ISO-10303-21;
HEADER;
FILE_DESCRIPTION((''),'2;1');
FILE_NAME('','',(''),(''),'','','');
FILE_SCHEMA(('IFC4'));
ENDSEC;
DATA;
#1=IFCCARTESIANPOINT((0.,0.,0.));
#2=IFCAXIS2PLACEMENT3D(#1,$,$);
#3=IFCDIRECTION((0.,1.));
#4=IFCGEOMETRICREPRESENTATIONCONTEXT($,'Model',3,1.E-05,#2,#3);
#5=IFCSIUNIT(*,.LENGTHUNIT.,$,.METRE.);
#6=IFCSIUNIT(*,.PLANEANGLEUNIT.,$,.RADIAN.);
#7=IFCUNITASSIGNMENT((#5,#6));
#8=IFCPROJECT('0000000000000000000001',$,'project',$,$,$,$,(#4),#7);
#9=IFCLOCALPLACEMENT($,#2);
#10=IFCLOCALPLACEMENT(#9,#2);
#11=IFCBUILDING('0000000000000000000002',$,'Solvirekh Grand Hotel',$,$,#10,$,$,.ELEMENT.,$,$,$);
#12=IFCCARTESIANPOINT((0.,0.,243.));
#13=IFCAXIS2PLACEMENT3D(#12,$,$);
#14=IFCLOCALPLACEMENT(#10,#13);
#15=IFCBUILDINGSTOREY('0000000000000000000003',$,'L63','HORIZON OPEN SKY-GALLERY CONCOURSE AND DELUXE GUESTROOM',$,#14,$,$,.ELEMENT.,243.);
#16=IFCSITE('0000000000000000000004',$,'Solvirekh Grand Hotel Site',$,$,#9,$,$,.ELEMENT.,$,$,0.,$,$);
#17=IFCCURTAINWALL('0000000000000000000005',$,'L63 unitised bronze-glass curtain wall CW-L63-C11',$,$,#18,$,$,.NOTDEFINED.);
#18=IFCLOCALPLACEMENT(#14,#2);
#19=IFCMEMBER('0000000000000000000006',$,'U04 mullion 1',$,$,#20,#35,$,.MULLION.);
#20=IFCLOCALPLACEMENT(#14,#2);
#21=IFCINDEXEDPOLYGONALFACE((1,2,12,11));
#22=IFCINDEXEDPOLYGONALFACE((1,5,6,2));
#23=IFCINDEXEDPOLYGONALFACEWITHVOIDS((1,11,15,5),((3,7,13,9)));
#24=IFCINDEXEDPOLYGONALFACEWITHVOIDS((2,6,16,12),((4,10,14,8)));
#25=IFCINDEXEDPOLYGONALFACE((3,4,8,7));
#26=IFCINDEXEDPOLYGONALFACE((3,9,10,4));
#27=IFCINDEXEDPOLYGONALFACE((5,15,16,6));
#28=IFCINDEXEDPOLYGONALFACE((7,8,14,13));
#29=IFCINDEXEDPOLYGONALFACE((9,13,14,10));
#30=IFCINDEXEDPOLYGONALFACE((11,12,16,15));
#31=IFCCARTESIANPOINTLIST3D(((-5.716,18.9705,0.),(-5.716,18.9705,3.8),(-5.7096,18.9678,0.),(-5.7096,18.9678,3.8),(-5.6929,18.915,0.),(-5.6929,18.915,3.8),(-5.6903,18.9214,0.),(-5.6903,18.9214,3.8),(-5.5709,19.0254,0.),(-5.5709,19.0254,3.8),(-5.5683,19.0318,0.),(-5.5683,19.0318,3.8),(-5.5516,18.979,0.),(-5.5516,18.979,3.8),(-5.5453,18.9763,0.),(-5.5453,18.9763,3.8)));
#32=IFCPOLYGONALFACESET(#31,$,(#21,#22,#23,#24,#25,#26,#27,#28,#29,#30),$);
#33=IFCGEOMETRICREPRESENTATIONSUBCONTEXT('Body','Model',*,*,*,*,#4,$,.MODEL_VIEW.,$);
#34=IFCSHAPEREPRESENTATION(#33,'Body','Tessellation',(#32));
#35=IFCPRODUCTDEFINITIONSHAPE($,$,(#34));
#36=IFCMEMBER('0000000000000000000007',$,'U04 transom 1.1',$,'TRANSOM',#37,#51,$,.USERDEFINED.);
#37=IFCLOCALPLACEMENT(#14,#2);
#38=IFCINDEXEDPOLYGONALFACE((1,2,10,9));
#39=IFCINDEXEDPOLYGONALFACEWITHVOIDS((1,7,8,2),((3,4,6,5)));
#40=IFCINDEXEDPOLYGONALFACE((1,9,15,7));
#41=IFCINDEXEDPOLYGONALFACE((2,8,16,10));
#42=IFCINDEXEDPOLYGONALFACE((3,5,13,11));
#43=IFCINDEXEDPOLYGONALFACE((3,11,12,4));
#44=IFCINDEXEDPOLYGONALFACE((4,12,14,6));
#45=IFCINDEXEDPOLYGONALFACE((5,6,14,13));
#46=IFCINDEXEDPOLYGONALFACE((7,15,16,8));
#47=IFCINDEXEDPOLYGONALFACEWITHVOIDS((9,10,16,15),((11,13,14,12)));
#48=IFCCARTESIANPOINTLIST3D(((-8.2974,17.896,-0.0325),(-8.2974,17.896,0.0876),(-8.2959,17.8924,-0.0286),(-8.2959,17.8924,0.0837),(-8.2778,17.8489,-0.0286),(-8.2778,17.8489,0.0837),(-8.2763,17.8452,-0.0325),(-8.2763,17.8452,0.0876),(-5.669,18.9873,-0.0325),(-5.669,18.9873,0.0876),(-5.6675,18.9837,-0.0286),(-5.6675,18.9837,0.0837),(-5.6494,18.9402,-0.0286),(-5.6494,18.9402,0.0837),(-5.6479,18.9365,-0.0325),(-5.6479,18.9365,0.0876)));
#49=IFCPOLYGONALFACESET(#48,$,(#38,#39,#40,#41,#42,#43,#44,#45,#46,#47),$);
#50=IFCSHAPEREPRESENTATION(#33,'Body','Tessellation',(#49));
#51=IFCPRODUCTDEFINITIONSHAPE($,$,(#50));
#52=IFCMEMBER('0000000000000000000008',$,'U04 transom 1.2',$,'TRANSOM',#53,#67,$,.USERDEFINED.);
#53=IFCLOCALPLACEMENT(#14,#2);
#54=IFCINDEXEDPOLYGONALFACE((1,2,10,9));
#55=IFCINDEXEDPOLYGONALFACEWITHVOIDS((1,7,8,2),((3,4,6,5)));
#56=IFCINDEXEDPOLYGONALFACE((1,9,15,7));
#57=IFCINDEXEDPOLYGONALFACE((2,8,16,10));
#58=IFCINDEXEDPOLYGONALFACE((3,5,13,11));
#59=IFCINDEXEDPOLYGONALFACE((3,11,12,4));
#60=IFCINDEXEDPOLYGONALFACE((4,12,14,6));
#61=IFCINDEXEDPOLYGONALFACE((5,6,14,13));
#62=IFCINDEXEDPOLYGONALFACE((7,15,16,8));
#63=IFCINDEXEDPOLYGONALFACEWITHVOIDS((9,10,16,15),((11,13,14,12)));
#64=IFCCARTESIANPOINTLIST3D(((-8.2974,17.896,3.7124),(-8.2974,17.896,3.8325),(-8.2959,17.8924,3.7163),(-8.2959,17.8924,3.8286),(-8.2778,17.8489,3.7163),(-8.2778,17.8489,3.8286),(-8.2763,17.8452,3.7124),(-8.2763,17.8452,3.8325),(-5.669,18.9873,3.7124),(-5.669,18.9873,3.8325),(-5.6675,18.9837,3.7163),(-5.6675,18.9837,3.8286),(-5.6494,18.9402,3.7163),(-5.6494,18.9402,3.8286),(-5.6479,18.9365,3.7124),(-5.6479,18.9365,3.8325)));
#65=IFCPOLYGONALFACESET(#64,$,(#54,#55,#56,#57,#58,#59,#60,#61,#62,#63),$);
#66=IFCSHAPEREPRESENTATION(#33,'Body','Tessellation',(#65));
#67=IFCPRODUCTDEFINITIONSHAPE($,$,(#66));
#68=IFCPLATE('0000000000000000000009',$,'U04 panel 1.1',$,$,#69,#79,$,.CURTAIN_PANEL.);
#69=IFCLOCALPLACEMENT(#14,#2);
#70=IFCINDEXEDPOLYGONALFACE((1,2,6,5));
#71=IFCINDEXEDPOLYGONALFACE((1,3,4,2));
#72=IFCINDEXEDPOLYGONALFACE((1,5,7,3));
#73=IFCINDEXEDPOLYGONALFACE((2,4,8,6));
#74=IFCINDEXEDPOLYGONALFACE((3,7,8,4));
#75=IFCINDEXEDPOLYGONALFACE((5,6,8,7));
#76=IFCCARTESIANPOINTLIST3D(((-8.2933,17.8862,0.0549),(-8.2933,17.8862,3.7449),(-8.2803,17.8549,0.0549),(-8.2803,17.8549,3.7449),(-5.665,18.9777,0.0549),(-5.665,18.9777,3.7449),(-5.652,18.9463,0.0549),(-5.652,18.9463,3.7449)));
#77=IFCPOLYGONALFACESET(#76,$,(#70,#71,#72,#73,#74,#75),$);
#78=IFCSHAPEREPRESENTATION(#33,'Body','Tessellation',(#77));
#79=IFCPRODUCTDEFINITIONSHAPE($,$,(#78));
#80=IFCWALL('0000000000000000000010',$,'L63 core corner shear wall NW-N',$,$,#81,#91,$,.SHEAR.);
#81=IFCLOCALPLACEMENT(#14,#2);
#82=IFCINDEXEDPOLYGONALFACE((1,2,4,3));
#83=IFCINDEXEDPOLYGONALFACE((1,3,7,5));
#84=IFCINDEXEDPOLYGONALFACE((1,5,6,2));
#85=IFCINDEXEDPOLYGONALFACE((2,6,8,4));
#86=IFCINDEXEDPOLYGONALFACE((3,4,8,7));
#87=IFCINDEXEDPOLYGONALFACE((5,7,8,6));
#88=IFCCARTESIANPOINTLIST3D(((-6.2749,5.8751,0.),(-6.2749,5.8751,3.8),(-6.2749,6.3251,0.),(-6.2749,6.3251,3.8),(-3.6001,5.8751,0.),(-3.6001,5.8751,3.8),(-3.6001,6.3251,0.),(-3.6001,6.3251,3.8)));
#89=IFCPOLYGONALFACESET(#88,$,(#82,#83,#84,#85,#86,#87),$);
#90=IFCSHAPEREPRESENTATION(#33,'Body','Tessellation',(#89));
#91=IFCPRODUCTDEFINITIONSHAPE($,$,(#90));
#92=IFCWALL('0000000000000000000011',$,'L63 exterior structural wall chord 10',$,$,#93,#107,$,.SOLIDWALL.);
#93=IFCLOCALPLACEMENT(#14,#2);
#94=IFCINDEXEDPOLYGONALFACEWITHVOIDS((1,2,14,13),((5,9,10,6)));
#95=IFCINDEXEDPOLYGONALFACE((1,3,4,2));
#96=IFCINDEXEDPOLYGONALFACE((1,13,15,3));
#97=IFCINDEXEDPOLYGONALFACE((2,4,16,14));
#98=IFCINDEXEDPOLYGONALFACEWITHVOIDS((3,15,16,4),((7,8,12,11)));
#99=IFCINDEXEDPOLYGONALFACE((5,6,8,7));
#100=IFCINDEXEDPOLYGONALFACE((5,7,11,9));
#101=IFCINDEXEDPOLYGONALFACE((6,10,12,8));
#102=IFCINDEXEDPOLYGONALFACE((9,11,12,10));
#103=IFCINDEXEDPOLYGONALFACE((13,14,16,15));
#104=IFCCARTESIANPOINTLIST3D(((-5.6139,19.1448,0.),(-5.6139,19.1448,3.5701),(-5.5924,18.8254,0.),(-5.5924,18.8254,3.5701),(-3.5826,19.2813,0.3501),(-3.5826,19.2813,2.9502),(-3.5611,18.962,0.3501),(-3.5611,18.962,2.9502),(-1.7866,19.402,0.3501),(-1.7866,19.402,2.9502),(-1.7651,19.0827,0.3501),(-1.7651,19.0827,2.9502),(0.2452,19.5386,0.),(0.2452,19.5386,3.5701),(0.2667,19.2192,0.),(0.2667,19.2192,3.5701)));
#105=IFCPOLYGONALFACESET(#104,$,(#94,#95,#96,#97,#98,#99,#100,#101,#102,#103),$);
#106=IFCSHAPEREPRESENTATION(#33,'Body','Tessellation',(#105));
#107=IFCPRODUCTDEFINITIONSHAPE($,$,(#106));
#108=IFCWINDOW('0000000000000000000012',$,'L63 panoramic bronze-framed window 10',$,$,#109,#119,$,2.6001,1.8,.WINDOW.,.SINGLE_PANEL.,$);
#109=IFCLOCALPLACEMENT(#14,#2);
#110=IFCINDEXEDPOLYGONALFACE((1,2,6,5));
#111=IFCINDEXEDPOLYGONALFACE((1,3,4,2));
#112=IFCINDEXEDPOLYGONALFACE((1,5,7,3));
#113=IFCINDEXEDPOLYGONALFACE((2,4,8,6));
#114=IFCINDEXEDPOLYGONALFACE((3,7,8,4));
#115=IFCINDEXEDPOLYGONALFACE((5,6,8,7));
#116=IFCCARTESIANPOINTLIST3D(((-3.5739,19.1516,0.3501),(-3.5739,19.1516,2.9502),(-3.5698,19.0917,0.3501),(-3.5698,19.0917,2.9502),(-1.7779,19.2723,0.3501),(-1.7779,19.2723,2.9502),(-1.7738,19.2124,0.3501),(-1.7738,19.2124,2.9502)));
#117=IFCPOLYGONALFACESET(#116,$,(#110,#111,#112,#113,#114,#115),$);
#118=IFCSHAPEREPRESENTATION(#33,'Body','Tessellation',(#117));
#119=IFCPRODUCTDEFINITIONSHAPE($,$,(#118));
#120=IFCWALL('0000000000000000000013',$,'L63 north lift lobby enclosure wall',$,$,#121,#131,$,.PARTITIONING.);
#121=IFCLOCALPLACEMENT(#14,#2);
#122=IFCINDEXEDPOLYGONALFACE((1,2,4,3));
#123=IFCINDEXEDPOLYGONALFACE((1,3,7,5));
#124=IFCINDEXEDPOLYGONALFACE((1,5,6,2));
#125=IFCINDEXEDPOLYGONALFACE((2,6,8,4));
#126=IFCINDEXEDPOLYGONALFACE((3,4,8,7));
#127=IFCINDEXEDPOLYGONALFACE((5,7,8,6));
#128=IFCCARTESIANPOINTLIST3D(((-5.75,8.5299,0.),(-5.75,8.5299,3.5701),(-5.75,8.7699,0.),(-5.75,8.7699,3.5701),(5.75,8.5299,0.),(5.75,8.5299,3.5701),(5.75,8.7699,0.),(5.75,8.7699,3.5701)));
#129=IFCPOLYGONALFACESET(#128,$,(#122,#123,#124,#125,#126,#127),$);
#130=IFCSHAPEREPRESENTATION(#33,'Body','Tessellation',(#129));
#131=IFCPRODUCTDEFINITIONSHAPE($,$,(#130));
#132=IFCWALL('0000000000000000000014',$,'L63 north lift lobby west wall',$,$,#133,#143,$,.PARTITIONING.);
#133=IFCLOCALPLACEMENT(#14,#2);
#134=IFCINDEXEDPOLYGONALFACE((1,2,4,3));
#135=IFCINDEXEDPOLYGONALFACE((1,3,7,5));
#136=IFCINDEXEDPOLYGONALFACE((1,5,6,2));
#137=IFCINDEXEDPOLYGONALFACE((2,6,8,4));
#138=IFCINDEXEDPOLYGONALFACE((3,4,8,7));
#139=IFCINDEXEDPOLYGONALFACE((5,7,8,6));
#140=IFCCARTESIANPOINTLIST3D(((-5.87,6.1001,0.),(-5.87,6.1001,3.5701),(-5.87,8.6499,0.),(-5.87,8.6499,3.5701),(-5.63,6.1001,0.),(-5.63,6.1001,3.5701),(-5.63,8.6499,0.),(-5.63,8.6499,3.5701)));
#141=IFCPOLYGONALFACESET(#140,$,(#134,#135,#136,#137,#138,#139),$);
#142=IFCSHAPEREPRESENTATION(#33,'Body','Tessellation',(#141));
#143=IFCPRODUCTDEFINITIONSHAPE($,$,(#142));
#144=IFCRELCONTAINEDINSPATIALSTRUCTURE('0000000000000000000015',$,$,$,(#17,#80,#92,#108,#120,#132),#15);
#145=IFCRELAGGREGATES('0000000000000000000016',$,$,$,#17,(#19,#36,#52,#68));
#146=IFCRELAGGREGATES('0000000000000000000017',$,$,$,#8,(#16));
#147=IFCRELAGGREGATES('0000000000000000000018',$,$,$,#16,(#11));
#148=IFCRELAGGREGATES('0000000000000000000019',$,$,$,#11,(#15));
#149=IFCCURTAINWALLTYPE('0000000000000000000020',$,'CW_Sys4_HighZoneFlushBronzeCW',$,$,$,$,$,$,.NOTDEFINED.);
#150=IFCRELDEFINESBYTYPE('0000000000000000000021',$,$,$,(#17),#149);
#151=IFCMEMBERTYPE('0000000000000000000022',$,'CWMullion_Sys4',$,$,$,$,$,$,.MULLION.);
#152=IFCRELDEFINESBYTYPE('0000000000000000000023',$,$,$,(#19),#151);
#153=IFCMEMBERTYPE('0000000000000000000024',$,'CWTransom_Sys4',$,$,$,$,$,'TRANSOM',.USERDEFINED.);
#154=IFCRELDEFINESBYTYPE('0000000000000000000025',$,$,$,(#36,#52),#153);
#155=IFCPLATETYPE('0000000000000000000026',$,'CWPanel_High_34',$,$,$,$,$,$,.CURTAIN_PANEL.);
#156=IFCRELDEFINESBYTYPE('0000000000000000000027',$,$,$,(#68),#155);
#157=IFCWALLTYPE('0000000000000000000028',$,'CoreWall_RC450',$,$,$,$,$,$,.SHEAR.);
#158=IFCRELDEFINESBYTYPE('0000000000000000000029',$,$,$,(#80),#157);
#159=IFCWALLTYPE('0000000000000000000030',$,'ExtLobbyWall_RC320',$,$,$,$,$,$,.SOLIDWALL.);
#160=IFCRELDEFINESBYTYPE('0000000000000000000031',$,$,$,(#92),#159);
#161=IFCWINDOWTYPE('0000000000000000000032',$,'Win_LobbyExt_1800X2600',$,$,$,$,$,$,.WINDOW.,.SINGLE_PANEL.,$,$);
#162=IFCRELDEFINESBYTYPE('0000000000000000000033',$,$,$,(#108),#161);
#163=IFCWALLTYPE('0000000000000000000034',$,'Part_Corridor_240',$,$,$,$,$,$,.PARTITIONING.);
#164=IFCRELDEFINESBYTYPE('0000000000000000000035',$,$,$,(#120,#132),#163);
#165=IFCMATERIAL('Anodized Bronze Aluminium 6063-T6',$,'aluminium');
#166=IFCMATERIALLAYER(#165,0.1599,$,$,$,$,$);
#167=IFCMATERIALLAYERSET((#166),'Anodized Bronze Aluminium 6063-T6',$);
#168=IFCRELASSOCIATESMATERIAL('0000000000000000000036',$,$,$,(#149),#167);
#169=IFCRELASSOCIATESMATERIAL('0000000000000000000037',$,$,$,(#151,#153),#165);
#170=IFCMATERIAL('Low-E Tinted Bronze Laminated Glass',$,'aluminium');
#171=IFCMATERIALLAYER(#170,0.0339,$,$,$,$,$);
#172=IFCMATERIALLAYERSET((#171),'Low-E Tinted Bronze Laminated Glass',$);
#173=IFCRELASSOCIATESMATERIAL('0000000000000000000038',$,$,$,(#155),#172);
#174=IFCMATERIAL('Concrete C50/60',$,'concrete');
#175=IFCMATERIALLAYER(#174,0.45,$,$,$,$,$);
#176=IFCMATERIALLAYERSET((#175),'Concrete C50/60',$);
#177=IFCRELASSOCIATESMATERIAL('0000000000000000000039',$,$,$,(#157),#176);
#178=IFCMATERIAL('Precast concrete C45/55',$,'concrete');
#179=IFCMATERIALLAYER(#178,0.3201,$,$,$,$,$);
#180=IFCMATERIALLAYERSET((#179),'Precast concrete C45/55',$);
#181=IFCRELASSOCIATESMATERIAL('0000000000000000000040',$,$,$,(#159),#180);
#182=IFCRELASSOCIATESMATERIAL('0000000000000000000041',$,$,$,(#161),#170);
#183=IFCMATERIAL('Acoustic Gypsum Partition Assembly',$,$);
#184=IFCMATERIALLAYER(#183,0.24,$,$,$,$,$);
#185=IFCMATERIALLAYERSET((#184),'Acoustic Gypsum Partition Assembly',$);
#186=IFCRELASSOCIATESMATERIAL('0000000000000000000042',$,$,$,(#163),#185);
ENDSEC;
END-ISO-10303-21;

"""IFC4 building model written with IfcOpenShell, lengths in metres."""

from ifc_helpers import new_model, si_unit, direction, frame, frame_2d, origin, origin_2d, place, context, subcontext, project, spatial, rectangle, hollow_rectangle, extrude, source, transform, mapped, material, layer, layer_set, material_profile, profile_set, type_object, element, fill, aggregate, save


model = new_model("IFC4")

# Units and contexts
model_context = context("Model", 3, precision=1e-05, world=origin(), true_north=direction((0.0, 1.0)))
body_context = subcontext(model_context, "Body", "Model", "MODEL_VIEW")
ifc_project = project(units=[si_unit("LENGTHUNIT", "METRE"), si_unit("PLANEANGLEUNIT", "RADIAN")], contexts=[model_context])

# Site, building, storey
site_placement = place(None, origin())
site = spatial("IfcSite", under=ifc_project, at=site_placement, Name="Solvirekh Grand Hotel Site", CompositionType="ELEMENT", RefElevation=0.0)
building_placement = place(site_placement, origin())
building = spatial("IfcBuilding", under=site, at=building_placement, Name="Solvirekh Grand Hotel", CompositionType="ELEMENT")
storey_placement = place(building_placement, frame((0.0, 0.0, 243.0)))
storey = spatial("IfcBuildingStorey", under=building, at=storey_placement, Name="L63", Description="HORIZON OPEN SKY-GALLERY CONCOURSE AND DELUXE GUESTROOM", CompositionType="ELEMENT", Elevation=243.0)

# Shared definitions
ifc_material_1 = material(Name="Concrete C50/60", Category="concrete")

# Curtain wall, members, plate
ifc_material_2 = material(Name="Anodized Bronze Aluminium 6063-T6", Category="aluminium")
ifc_layer_1 = layer(ifc_material_2, 0.1599)
ifc_layer_set_1 = layer_set([ifc_layer_1], Name="Anodized Bronze Aluminium 6063-T6")
curtain_wall_type = type_object("IfcCurtainWallType", Name="CW_Sys4_HighZoneFlushBronzeCW", PredefinedType="NOTDEFINED", material=ifc_layer_set_1)
curtain_wall_placement = place(storey_placement, origin())
curtain_wall = element("IfcCurtainWall", 1, at=curtain_wall_placement, inside=storey, type_object=curtain_wall_type, Name="L63 unitised bronze-glass curtain wall CW-L63-C11", PredefinedType="NOTDEFINED")
ifc_material_profile_1 = material_profile(ifc_material_2, hollow_rectangle(XDim=0.0601, YDim=0.1599, WallThickness=0.0049, at=origin_2d()), Name="ALU RHS 160X60X5")
ifc_profile_set_1 = profile_set([ifc_material_profile_1], Name="Anodized Bronze Aluminium 6063-T6")
member_type_1 = type_object("IfcMemberType", Name="CWMullion_Sys4", PredefinedType="MULLION", material=ifc_profile_set_1)
shared_shape_1 = source(origin(), body_context, "Body", "SweptSolid", [
    extrude(hollow_rectangle(XDim=0.0601, YDim=0.1599, WallThickness=0.0049, at=origin_2d()), origin(), (0.0, 0.0, 1.0), 3.8),
])
member_1_placement = place(storey_placement, frame((-5.6306, 18.9734, 0.0), z_axis=(0.0, 0.0, 1.0), x_axis=(0.383515, -0.923535, 0.0)))
member_1 = element("IfcMember", 2, at=member_1_placement, type_object=member_type_1, Name="U04 mullion 1", PredefinedType="MULLION", context=body_context, shape_type="MappedRepresentation", body=[
    mapped(shared_shape_1, transform((0.0, 0.0, 0.0), x_axis=(1.0, 0.0, 0.0), y_axis=(0.0, 1.0, 0.0), z_axis=(0.0, 0.0, 1.0), scale=1.0)),
])
ifc_material_profile_2 = material_profile(ifc_material_2, hollow_rectangle(XDim=0.0549, YDim=0.1201, WallThickness=0.0039, at=origin_2d()), Name="ALU RHS 120X55X4")
ifc_profile_set_2 = profile_set([ifc_material_profile_2], Name="Anodized Bronze Aluminium 6063-T6")
member_type_2 = type_object("IfcMemberType", Name="CWTransom_Sys4", ElementType="TRANSOM", PredefinedType="USERDEFINED", material=ifc_profile_set_2)
shared_shape_2 = source(origin(), body_context, "Body", "SweptSolid", [
    extrude(hollow_rectangle(XDim=0.0549, YDim=0.1201, WallThickness=0.0039, at=origin_2d()), origin(), (0.0, 0.0, 1.0), 2.8459),
])
member_2_placement = place(storey_placement, frame((-5.6584, 18.9619, 0.0276), z_axis=(-0.923558, -0.383458, 0.0), x_axis=(0.383458, -0.923558, 0.0)))
member_2 = element("IfcMember", 3, at=member_2_placement, type_object=member_type_2, Name="U04 transom 1.1", ObjectType="TRANSOM", PredefinedType="USERDEFINED", context=body_context, shape_type="MappedRepresentation", body=[
    mapped(shared_shape_2, transform((0.0, 0.0, 0.0), x_axis=(1.0, 0.0, 0.0), y_axis=(0.0, 1.0, 0.0), z_axis=(0.0, 0.0, 1.0), scale=1.0)),
])
member_3_placement = place(storey_placement, frame((-5.6584, 18.9619, 3.7725), z_axis=(-0.923558, -0.383458, 0.0), x_axis=(0.383458, -0.923558, 0.0)))
member_3 = element("IfcMember", 4, at=member_3_placement, type_object=member_type_2, Name="U04 transom 1.2", ObjectType="TRANSOM", PredefinedType="USERDEFINED", context=body_context, shape_type="MappedRepresentation", body=[
    mapped(shared_shape_2, transform((0.0, 0.0, 0.0), x_axis=(1.0, 0.0, 0.0), y_axis=(0.0, 1.0, 0.0), z_axis=(0.0, 0.0, 1.0), scale=1.0)),
])
ifc_material_3 = material(Name="Low-E Tinted Bronze Laminated Glass", Category="aluminium")
ifc_layer_2 = layer(ifc_material_3, 0.0339)
ifc_layer_set_2 = layer_set([ifc_layer_2], Name="Low-E Tinted Bronze Laminated Glass")
plate_type = type_object("IfcPlateType", Name="CWPanel_High_34", PredefinedType="CURTAIN_PANEL", material=ifc_layer_set_2)
shared_shape_3 = source(origin(), body_context, "Body", "SweptSolid", [
    extrude(rectangle(XDim=2.8459, YDim=0.0339, at=origin_2d()), origin(), (0.0, 0.0, 1.0), 3.6899),
])
plate_placement = place(storey_placement, frame((-6.9727, 18.4163, 0.0549), z_axis=(0.0, 0.0, 1.0), x_axis=(-0.923535, -0.383515, 0.0)))
plate = element("IfcPlate", 5, at=plate_placement, type_object=plate_type, Name="U04 panel 1.1", PredefinedType="CURTAIN_PANEL", context=body_context, shape_type="MappedRepresentation", body=[
    mapped(shared_shape_3, transform((0.0, 0.0, 0.0), x_axis=(1.0, 0.0, 0.0), y_axis=(0.0, 1.0, 0.0), z_axis=(0.0, 0.0, 1.0), scale=1.0)),
])
aggregate(curtain_wall, [member_1, member_2, member_3, plate])

# Wall
ifc_layer_3 = layer(ifc_material_1, 0.45)
ifc_layer_set_3 = layer_set([ifc_layer_3], Name="Concrete C50/60")
wall_type_1 = type_object("IfcWallType", Name="CoreWall_RC450", PredefinedType="SHEAR", material=ifc_layer_set_3)
wall_1_placement = place(storey_placement, frame((-6.2749, 6.1001, 0.0), z_axis=(0.0, 0.0, 1.0), x_axis=(1.0, 0.0, 0.0)))
element("IfcWall", 6, at=wall_1_placement, inside=storey, type_object=wall_type_1, Name="L63 core corner shear wall NW-N", PredefinedType="SHEAR", context=body_context, shape_type="SweptSolid", body=[
    extrude(rectangle(XDim=2.6748, YDim=0.45, at=frame_2d((1.3374, 0.0))), origin(), (0.0, 0.0, 1.0), 3.8),
])

# Wall, opening, window
ifc_material_4 = material(Name="Precast concrete C45/55", Category="concrete")
ifc_layer_4 = layer(ifc_material_4, 0.3201)
ifc_layer_set_4 = layer_set([ifc_layer_4], Name="Precast concrete C45/55")
wall_type_2 = type_object("IfcWallType", Name="ExtLobbyWall_RC320", PredefinedType="SOLIDWALL", material=ifc_layer_set_4)
wall_2_placement = place(storey_placement, frame((-5.603, 18.9851, 0.0), z_axis=(0.0, 0.0, 1.0), x_axis=(0.997749, 0.06706, 0.0)))
wall_2 = element("IfcWall", 7, at=wall_2_placement, inside=storey, type_object=wall_type_2, Name="L63 exterior structural wall chord 10", PredefinedType="SOLIDWALL", context=body_context, shape_type="SweptSolid", body=[
    extrude(rectangle(XDim=5.8723, YDim=0.3201, at=frame_2d((2.936, 0.0))), origin(), (0.0, 0.0, 1.0), 3.5701),
])
opening_1_placement = place(wall_2_placement, frame((2.0359, 0.0, 0.3501)))
opening_1 = element("IfcOpeningElement", 8, at=opening_1_placement, cuts=wall_2, PredefinedType="OPENING", context=body_context, shape_type="SweptSolid", body=[
    extrude(rectangle(XDim=1.8, YDim=2.6001, at=frame_2d((0.8999, 1.3))), frame((0.0, 0.1699, 0.0), z_axis=(0.0, -1.0, 0.0), x_axis=(1.0, 0.0, 0.0)), (0.0, 0.0, 1.0), 0.3401),
])
window_type = type_object("IfcWindowType", Name="Win_LobbyExt_1800X2600", PartitioningType="SINGLE_PANEL", PredefinedType="WINDOW", material=ifc_material_3)
window_placement = place(opening_1_placement, origin())
window = element("IfcWindow", 9, at=window_placement, inside=storey, type_object=window_type, Name="L63 panoramic bronze-framed window 10", OverallHeight=2.6001, OverallWidth=1.8, PartitioningType="SINGLE_PANEL", PredefinedType="WINDOW", context=body_context, shape_type="SweptSolid", body=[
    extrude(rectangle(XDim=1.8, YDim=2.6001, at=frame_2d((0.8999, 1.3))), frame((0.0, 0.03, 0.0), z_axis=(0.0, -1.0, 0.0), x_axis=(1.0, 0.0, 0.0)), (0.0, 0.0, 1.0), 0.0601),
])
fill(opening_1, window)

# Walls
ifc_material_5 = material(Name="Acoustic Gypsum Partition Assembly")
ifc_layer_5 = layer(ifc_material_5, 0.24)
ifc_layer_set_5 = layer_set([ifc_layer_5], Name="Acoustic Gypsum Partition Assembly")
wall_type_3 = type_object("IfcWallType", Name="Part_Corridor_240", PredefinedType="PARTITIONING", material=ifc_layer_set_5)
wall_3_placement = place(storey_placement, frame((-5.75, 8.6499, 0.0), z_axis=(0.0, 0.0, 1.0), x_axis=(1.0, 0.0, 0.0)))
element("IfcWall", 10, at=wall_3_placement, inside=storey, type_object=wall_type_3, Name="L63 north lift lobby enclosure wall", PredefinedType="PARTITIONING", context=body_context, shape_type="SweptSolid", body=[
    extrude(rectangle(XDim=11.5, YDim=0.24, at=frame_2d((5.75, 0.0))), origin(), (0.0, 0.0, 1.0), 3.5701),
])
wall_4_placement = place(storey_placement, frame((-5.75, 6.1001, 0.0), z_axis=(0.0, 0.0, 1.0), x_axis=(0.0, 1.0, 0.0)))
element("IfcWall", 11, at=wall_4_placement, inside=storey, type_object=wall_type_3, Name="L63 north lift lobby west wall", PredefinedType="PARTITIONING", context=body_context, shape_type="SweptSolid", body=[
    extrude(rectangle(XDim=2.5498, YDim=0.24, at=frame_2d((1.2749, 0.0))), origin(), (0.0, 0.0, 1.0), 3.5701),
])

save(model, "model.ifc")
